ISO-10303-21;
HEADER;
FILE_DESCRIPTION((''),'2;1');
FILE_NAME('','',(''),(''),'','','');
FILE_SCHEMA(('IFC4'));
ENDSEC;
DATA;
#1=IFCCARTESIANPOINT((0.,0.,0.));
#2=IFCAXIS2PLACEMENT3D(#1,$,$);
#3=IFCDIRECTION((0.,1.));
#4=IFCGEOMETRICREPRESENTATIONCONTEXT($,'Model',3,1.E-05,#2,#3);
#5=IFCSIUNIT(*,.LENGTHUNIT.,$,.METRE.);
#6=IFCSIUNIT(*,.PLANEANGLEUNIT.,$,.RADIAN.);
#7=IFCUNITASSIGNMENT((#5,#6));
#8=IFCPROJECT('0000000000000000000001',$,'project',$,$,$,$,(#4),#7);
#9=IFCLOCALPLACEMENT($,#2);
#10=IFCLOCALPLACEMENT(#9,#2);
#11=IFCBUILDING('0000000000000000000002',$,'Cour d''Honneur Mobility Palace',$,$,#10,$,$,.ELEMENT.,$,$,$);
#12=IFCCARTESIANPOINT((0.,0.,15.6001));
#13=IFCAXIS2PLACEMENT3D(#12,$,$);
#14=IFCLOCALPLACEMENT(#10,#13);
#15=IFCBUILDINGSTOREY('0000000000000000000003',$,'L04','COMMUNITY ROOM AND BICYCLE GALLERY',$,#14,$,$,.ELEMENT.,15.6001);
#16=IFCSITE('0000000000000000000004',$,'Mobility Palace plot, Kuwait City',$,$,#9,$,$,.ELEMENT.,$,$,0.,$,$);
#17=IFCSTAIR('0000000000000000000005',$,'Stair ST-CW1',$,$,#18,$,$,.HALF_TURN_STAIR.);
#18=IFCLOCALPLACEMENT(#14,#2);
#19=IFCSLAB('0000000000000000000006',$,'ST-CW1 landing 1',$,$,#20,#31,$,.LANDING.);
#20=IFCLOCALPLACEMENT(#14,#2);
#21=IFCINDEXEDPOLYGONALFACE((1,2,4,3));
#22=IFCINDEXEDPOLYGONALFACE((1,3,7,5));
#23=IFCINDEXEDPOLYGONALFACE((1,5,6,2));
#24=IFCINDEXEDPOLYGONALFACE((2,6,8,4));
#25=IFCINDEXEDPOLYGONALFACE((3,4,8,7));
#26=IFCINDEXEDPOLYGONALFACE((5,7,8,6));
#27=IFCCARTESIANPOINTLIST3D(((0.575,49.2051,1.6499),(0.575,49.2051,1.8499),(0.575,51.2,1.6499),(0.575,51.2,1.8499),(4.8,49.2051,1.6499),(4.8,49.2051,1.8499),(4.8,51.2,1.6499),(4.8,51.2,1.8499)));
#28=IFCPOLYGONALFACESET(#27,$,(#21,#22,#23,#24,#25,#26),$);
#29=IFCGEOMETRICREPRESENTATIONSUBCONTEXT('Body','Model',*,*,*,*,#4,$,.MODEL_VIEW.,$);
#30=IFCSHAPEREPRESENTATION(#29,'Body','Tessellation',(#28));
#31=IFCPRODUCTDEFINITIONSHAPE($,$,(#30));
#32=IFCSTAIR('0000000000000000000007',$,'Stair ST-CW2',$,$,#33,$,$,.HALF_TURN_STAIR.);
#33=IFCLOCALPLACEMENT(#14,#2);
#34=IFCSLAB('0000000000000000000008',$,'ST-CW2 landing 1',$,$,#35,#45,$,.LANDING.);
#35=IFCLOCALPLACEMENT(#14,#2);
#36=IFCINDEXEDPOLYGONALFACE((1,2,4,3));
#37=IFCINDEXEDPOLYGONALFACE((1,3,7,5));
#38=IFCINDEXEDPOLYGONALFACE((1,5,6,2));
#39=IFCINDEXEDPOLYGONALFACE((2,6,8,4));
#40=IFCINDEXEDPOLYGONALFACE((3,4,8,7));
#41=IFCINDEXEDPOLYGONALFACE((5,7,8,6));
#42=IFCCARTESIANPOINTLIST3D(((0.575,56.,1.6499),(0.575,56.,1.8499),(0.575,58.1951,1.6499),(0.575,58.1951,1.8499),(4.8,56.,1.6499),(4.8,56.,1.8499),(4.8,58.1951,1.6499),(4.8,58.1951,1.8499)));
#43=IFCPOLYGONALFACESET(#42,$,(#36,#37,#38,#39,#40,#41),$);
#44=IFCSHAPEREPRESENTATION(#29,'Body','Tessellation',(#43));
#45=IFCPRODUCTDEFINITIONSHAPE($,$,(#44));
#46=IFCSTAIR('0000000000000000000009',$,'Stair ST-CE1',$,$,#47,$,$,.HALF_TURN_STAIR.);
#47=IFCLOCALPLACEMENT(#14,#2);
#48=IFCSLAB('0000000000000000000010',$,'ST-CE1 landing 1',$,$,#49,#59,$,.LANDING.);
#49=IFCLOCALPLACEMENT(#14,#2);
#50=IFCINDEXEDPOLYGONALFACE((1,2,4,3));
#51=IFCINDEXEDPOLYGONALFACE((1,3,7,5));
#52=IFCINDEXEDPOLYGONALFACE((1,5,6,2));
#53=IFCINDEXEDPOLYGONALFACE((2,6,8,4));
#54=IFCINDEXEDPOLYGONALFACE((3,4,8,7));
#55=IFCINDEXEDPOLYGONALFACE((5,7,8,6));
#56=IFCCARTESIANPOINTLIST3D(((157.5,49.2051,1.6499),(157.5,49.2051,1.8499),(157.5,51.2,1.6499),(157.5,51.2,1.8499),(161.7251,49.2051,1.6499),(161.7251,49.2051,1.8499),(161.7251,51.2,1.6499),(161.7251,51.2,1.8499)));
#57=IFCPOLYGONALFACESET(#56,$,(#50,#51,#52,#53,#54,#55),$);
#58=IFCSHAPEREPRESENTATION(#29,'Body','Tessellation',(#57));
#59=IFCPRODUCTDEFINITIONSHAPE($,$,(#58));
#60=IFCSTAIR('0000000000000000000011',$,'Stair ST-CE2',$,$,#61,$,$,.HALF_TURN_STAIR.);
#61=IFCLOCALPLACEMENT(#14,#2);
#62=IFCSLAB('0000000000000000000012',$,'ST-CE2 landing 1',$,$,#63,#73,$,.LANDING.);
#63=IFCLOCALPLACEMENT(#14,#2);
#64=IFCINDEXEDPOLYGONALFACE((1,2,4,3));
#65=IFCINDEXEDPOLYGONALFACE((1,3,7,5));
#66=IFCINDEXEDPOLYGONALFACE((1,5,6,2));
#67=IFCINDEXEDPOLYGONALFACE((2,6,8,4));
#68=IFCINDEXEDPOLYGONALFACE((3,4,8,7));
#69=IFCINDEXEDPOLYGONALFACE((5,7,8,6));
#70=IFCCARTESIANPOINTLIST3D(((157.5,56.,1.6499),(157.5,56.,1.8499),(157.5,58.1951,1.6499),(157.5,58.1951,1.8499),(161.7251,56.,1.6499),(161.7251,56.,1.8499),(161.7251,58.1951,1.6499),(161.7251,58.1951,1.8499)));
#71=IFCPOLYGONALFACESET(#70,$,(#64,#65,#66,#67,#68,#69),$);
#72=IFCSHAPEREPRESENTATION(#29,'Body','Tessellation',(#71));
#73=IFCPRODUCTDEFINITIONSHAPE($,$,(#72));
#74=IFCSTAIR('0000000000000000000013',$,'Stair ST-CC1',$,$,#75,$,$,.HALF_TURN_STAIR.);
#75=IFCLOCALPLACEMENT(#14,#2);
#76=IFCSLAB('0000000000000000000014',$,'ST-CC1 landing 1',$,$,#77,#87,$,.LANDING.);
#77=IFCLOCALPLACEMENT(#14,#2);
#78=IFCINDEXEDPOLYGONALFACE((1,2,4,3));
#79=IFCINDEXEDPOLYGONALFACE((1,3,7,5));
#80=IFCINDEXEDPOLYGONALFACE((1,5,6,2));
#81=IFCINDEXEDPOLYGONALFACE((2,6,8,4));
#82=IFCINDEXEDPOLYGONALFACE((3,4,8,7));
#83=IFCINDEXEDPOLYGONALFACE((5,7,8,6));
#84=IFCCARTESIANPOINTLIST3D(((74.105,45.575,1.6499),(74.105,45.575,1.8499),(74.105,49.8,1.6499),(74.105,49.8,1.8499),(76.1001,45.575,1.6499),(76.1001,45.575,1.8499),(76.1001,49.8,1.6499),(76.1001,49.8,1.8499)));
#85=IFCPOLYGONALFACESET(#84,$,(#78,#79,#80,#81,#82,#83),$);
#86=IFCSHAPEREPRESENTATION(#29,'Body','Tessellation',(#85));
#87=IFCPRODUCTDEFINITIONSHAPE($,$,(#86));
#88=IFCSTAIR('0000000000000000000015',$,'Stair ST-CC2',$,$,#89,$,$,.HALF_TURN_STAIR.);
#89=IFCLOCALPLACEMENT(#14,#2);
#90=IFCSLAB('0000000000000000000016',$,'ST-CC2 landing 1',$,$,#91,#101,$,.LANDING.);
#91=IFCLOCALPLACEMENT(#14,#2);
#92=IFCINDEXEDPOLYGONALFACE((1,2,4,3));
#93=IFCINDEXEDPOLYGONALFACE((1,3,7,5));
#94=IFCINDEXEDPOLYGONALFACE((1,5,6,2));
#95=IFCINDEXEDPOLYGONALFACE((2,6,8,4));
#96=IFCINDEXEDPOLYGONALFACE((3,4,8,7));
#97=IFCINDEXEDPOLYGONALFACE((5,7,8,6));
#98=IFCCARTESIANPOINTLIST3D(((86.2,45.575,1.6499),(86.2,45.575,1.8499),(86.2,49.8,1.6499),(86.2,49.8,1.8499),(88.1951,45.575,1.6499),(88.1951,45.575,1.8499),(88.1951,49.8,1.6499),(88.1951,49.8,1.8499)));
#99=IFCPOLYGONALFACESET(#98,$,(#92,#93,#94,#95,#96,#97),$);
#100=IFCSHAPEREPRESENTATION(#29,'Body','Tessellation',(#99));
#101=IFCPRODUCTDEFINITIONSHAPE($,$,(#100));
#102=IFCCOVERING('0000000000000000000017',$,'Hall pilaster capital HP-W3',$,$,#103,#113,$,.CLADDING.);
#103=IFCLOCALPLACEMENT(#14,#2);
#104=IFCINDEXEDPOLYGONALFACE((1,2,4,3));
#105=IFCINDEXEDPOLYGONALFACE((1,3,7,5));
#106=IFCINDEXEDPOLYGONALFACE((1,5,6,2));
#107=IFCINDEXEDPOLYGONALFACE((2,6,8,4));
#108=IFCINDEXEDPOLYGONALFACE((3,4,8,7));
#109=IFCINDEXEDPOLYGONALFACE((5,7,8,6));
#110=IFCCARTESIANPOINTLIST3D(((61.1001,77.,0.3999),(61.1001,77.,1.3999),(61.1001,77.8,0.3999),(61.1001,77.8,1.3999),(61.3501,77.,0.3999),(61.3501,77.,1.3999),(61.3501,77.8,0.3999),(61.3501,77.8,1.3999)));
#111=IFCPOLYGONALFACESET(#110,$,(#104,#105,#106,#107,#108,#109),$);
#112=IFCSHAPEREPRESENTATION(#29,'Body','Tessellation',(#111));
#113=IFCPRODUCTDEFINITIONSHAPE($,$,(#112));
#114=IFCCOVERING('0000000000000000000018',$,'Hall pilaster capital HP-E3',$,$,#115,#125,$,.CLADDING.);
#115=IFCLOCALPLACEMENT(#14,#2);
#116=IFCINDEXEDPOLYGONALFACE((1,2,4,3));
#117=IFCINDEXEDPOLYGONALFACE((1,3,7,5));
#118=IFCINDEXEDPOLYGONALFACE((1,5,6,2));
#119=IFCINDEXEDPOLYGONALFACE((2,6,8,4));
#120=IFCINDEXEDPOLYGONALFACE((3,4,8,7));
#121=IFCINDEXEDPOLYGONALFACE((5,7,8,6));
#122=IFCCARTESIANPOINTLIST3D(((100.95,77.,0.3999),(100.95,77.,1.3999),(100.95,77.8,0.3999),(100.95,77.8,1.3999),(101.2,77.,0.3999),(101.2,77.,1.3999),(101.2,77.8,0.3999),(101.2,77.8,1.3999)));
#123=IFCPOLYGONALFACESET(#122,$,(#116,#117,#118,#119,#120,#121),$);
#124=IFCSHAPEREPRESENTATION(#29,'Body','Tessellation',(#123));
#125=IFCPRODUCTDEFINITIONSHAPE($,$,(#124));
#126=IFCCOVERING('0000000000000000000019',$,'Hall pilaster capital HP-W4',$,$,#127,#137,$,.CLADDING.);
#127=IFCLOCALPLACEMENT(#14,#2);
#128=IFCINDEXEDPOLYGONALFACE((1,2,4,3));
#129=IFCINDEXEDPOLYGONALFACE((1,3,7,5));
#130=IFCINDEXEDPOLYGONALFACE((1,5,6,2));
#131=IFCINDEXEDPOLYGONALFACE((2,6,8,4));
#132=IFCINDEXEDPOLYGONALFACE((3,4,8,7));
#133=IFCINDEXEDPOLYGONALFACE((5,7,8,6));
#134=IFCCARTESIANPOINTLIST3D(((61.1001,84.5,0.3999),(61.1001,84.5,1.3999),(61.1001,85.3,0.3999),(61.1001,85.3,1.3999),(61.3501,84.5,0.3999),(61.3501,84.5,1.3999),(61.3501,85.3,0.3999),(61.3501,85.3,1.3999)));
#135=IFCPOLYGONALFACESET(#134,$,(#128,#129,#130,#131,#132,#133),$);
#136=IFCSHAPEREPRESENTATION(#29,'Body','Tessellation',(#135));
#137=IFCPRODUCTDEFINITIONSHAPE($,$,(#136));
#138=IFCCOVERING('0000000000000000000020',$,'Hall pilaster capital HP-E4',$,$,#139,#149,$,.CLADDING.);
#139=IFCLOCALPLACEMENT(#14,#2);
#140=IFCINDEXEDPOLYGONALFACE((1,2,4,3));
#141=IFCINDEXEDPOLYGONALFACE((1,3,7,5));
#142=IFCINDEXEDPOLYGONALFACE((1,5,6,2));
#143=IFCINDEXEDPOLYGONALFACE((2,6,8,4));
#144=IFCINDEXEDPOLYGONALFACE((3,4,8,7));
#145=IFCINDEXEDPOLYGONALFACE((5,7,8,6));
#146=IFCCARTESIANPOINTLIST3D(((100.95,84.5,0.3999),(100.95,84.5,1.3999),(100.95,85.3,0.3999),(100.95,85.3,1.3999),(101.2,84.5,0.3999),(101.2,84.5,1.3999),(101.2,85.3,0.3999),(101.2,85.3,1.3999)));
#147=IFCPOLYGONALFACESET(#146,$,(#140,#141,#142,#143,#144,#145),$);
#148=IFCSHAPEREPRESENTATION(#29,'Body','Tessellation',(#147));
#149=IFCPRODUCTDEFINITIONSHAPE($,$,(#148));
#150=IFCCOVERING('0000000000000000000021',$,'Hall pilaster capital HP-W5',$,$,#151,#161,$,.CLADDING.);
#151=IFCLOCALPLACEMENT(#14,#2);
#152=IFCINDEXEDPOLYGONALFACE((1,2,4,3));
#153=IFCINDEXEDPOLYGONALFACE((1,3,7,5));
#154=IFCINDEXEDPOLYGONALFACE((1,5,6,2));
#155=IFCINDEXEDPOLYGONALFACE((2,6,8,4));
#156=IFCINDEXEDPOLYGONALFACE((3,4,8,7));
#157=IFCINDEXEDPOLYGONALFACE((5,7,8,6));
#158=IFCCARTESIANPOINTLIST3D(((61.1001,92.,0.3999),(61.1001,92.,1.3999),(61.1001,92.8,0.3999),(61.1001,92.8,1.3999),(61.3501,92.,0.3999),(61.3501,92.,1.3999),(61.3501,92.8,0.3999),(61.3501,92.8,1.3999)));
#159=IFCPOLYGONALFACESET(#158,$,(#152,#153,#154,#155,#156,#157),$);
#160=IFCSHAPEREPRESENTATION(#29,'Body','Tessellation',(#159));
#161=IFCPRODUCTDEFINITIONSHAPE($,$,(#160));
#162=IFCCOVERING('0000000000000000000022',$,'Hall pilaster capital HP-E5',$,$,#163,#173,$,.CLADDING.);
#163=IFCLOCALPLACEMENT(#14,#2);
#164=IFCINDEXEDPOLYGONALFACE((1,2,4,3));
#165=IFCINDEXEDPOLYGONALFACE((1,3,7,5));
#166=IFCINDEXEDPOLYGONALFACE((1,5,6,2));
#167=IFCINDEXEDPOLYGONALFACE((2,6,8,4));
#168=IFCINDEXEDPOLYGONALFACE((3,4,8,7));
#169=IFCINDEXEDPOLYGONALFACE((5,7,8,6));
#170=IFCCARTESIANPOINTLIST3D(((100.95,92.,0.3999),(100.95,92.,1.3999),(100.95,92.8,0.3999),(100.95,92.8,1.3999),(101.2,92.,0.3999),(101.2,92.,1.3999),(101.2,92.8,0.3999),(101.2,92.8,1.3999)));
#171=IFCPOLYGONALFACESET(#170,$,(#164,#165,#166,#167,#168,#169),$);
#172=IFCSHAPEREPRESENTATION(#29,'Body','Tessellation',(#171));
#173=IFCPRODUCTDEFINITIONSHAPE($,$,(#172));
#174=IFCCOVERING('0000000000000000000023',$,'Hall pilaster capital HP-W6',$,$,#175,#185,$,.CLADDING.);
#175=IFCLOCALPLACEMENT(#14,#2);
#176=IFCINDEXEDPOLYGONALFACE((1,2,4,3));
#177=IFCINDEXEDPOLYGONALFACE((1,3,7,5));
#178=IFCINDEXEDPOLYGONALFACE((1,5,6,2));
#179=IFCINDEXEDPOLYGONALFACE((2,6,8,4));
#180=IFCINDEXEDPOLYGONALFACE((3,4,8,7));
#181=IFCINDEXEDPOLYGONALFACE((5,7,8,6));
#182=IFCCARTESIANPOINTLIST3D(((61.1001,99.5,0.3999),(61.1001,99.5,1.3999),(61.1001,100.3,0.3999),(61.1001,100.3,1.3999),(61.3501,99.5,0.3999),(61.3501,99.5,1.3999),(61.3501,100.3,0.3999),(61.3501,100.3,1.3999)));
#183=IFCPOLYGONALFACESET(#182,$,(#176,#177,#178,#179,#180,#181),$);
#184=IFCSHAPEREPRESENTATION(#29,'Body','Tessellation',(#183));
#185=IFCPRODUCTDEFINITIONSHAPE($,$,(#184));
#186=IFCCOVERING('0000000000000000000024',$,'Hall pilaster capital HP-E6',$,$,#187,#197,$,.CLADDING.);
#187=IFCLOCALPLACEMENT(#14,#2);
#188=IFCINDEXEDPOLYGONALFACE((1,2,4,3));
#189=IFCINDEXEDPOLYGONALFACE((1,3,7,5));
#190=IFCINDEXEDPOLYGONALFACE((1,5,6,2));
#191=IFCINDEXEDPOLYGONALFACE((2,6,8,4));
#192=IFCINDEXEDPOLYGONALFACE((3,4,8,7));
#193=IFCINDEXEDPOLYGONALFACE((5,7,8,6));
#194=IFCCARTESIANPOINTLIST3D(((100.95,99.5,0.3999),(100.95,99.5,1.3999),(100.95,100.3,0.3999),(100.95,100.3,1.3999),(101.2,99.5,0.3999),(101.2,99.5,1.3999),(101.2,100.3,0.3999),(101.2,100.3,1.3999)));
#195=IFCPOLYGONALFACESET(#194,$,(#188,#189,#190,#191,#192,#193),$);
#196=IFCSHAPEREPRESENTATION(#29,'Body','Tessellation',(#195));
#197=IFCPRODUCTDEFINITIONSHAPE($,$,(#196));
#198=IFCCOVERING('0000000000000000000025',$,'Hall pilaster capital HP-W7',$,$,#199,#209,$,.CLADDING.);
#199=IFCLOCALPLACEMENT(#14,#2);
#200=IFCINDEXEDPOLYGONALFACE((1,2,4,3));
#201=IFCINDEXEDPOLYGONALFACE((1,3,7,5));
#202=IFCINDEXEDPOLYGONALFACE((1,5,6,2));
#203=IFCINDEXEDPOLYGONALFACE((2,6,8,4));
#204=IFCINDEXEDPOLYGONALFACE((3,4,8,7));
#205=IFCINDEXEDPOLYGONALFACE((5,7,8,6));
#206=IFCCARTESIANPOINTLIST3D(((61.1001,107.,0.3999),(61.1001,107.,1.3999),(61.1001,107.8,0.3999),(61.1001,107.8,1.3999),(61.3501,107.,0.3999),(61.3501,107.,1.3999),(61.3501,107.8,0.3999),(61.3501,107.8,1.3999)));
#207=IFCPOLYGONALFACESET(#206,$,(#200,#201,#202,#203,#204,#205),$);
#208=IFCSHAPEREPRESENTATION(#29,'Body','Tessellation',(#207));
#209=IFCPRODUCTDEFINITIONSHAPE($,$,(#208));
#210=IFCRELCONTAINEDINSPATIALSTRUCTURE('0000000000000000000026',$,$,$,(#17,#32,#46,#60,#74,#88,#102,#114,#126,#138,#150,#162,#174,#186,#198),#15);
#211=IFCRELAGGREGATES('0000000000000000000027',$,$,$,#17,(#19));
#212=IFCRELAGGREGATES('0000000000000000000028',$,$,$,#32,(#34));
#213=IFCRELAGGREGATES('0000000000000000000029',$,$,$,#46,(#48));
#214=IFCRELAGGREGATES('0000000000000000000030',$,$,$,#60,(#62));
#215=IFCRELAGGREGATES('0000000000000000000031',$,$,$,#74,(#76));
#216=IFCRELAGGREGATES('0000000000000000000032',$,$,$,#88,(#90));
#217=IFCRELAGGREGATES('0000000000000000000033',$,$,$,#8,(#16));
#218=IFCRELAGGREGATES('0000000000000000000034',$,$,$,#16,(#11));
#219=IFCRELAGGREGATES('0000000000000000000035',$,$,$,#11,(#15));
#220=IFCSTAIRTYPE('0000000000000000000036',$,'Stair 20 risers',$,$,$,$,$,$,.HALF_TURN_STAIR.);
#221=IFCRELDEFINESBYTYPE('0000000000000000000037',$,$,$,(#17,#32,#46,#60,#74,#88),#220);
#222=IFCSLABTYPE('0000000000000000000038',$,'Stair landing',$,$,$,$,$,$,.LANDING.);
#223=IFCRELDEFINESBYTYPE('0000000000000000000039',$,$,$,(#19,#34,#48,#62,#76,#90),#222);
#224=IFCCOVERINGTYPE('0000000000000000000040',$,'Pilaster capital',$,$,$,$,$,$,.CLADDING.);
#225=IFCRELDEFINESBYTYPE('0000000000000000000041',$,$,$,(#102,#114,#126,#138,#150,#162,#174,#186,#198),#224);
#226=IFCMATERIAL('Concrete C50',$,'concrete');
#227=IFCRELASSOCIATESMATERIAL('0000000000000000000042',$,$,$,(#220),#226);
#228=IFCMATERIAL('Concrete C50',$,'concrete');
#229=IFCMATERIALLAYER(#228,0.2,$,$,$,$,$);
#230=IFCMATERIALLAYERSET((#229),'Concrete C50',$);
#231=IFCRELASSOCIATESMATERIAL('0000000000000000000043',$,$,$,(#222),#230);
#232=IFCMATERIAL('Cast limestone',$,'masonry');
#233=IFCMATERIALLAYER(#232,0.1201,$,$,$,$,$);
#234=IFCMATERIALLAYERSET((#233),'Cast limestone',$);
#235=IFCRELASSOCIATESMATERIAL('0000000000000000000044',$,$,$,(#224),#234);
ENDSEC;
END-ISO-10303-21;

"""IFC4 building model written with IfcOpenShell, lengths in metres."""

from ifc_helpers import new_model, si_unit, direction, frame, origin, place, context, subcontext, project, spatial, polyline, outline, extrude, material, layer, layer_set, type_object, element, aggregate, save


model = new_model("IFC4")

# Units and contexts
model_context = context("Model", 3, precision=1e-05, world=origin(), true_north=direction((0.0, 1.0)))
body_context = subcontext(model_context, "Body", "Model", "MODEL_VIEW")
ifc_project = project(units=[si_unit("LENGTHUNIT", "METRE"), si_unit("PLANEANGLEUNIT", "RADIAN")], contexts=[model_context])

# Site, building, storey
site_placement = place(None, origin())
site = spatial("IfcSite", under=ifc_project, at=site_placement, Name="Mobility Palace plot, Kuwait City", CompositionType="ELEMENT", RefElevation=0.0)
building_placement = place(site_placement, origin())
building = spatial("IfcBuilding", under=site, at=building_placement, Name="Cour d'Honneur Mobility Palace", CompositionType="ELEMENT")
storey_placement = place(building_placement, frame((0.0, 0.0, 15.6001)))
storey = spatial("IfcBuildingStorey", under=building, at=storey_placement, Name="L04", Description="COMMUNITY ROOM AND BICYCLE GALLERY", CompositionType="ELEMENT", Elevation=15.6001)

# Stairs, slabs
ifc_material_1 = material(Name="Concrete C50", Category="concrete")
stair_type = type_object("IfcStairType", Name="Stair 20 risers", PredefinedType="HALF_TURN_STAIR", material=ifc_material_1)
stair_1_placement = place(storey_placement, origin())
stair_1 = element("IfcStair", 1, at=stair_1_placement, inside=storey, type_object=stair_type, Name="Stair ST-CW1", PredefinedType="HALF_TURN_STAIR")
ifc_material_2 = material(Name="Concrete C50", Category="concrete")
ifc_layer_1 = layer(ifc_material_2, 0.2)
ifc_layer_set_1 = layer_set([ifc_layer_1], Name="Concrete C50")
slab_type = type_object("IfcSlabType", Name="Stair landing", PredefinedType="LANDING", material=ifc_layer_set_1)
slab_1_placement = place(storey_placement, frame((0.0, 0.0, 1.6499)))
slab_1 = element("IfcSlab", 2, at=slab_1_placement, type_object=slab_type, Name="ST-CW1 landing 1", PredefinedType="LANDING", context=body_context, shape_type="SweptSolid", body=[
    extrude(outline(polyline([(0.575, 49.2051), (4.8, 49.2051), (4.8, 51.2), (0.575, 51.2), (0.575, 49.2051)])), origin(), (0.0, 0.0, 1.0), 0.2),
])
aggregate(stair_1, [slab_1])
stair_2_placement = place(storey_placement, origin())
stair_2 = element("IfcStair", 3, at=stair_2_placement, inside=storey, type_object=stair_type, Name="Stair ST-CW2", PredefinedType="HALF_TURN_STAIR")
slab_2_placement = place(storey_placement, frame((0.0, 0.0, 1.6499)))
slab_2 = element("IfcSlab", 4, at=slab_2_placement, type_object=slab_type, Name="ST-CW2 landing 1", PredefinedType="LANDING", context=body_context, shape_type="SweptSolid", body=[
    extrude(outline(polyline([(0.575, 56.0), (4.8, 56.0), (4.8, 58.1951), (0.575, 58.1951), (0.575, 56.0)])), origin(), (0.0, 0.0, 1.0), 0.2),
])
aggregate(stair_2, [slab_2])
stair_3_placement = place(storey_placement, origin())
stair_3 = element("IfcStair", 5, at=stair_3_placement, inside=storey, type_object=stair_type, Name="Stair ST-CE1", PredefinedType="HALF_TURN_STAIR")
slab_3_placement = place(storey_placement, frame((0.0, 0.0, 1.6499)))
slab_3 = element("IfcSlab", 6, at=slab_3_placement, type_object=slab_type, Name="ST-CE1 landing 1", PredefinedType="LANDING", context=body_context, shape_type="SweptSolid", body=[
    extrude(outline(polyline([(157.5, 49.2051), (161.7251, 49.2051), (161.7251, 51.2), (157.5, 51.2), (157.5, 49.2051)])), origin(), (0.0, 0.0, 1.0), 0.2),
])
aggregate(stair_3, [slab_3])
stair_4_placement = place(storey_placement, origin())
stair_4 = element("IfcStair", 7, at=stair_4_placement, inside=storey, type_object=stair_type, Name="Stair ST-CE2", PredefinedType="HALF_TURN_STAIR")
slab_4_placement = place(storey_placement, frame((0.0, 0.0, 1.6499)))
slab_4 = element("IfcSlab", 8, at=slab_4_placement, type_object=slab_type, Name="ST-CE2 landing 1", PredefinedType="LANDING", context=body_context, shape_type="SweptSolid", body=[
    extrude(outline(polyline([(157.5, 56.0), (161.7251, 56.0), (161.7251, 58.1951), (157.5, 58.1951), (157.5, 56.0)])), origin(), (0.0, 0.0, 1.0), 0.2),
])
aggregate(stair_4, [slab_4])
stair_5_placement = place(storey_placement, origin())
stair_5 = element("IfcStair", 9, at=stair_5_placement, inside=storey, type_object=stair_type, Name="Stair ST-CC1", PredefinedType="HALF_TURN_STAIR")
slab_5_placement = place(storey_placement, frame((0.0, 0.0, 1.6499)))
slab_5 = element("IfcSlab", 10, at=slab_5_placement, type_object=slab_type, Name="ST-CC1 landing 1", PredefinedType="LANDING", context=body_context, shape_type="SweptSolid", body=[
    extrude(outline(polyline([(74.105, 45.575), (76.1001, 45.575), (76.1001, 49.8), (74.105, 49.8), (74.105, 45.575)])), origin(), (0.0, 0.0, 1.0), 0.2),
])
aggregate(stair_5, [slab_5])
stair_6_placement = place(storey_placement, origin())
stair_6 = element("IfcStair", 11, at=stair_6_placement, inside=storey, type_object=stair_type, Name="Stair ST-CC2", PredefinedType="HALF_TURN_STAIR")
slab_6_placement = place(storey_placement, frame((0.0, 0.0, 1.6499)))
slab_6 = element("IfcSlab", 12, at=slab_6_placement, type_object=slab_type, Name="ST-CC2 landing 1", PredefinedType="LANDING", context=body_context, shape_type="SweptSolid", body=[
    extrude(outline(polyline([(86.2, 45.575), (88.1951, 45.575), (88.1951, 49.8), (86.2, 49.8), (86.2, 45.575)])), origin(), (0.0, 0.0, 1.0), 0.2),
])
aggregate(stair_6, [slab_6])

# Coverings
ifc_material_3 = material(Name="Cast limestone", Category="masonry")
ifc_layer_2 = layer(ifc_material_3, 0.1201)
ifc_layer_set_2 = layer_set([ifc_layer_2], Name="Cast limestone")
covering_type_1 = type_object("IfcCoveringType", Name="Pilaster capital", PredefinedType="CLADDING", material=ifc_layer_set_2)
covering_1_placement = place(storey_placement, frame((0.0, 0.0, 0.3999)))
element("IfcCovering", 13, at=covering_1_placement, inside=storey, type_object=covering_type_1, Name="Hall pilaster capital HP-W3", PredefinedType="CLADDING", context=body_context, shape_type="SweptSolid", body=[
    extrude(outline(polyline([(61.1001, 77.0), (61.3501, 77.0), (61.3501, 77.8), (61.1001, 77.8), (61.1001, 77.0)])), origin(), (0.0, 0.0, 1.0), 1.0),
])
covering_2_placement = place(storey_placement, frame((0.0, 0.0, 0.3999)))
element("IfcCovering", 14, at=covering_2_placement, inside=storey, type_object=covering_type_1, Name="Hall pilaster capital HP-E3", PredefinedType="CLADDING", context=body_context, shape_type="SweptSolid", body=[
    extrude(outline(polyline([(100.95, 77.0), (101.2, 77.0), (101.2, 77.8), (100.95, 77.8), (100.95, 77.0)])), origin(), (0.0, 0.0, 1.0), 1.0),
])
covering_3_placement = place(storey_placement, frame((0.0, 0.0, 0.3999)))
element("IfcCovering", 15, at=covering_3_placement, inside=storey, type_object=covering_type_1, Name="Hall pilaster capital HP-W4", PredefinedType="CLADDING", context=body_context, shape_type="SweptSolid", body=[
    extrude(outline(polyline([(61.1001, 84.5), (61.3501, 84.5), (61.3501, 85.3), (61.1001, 85.3), (61.1001, 84.5)])), origin(), (0.0, 0.0, 1.0), 1.0),
])
covering_4_placement = place(storey_placement, frame((0.0, 0.0, 0.3999)))
element("IfcCovering", 16, at=covering_4_placement, inside=storey, type_object=covering_type_1, Name="Hall pilaster capital HP-E4", PredefinedType="CLADDING", context=body_context, shape_type="SweptSolid", body=[
    extrude(outline(polyline([(100.95, 84.5), (101.2, 84.5), (101.2, 85.3), (100.95, 85.3), (100.95, 84.5)])), origin(), (0.0, 0.0, 1.0), 1.0),
])
covering_5_placement = place(storey_placement, frame((0.0, 0.0, 0.3999)))
element("IfcCovering", 17, at=covering_5_placement, inside=storey, type_object=covering_type_1, Name="Hall pilaster capital HP-W5", PredefinedType="CLADDING", context=body_context, shape_type="SweptSolid", body=[
    extrude(outline(polyline([(61.1001, 92.0), (61.3501, 92.0), (61.3501, 92.8), (61.1001, 92.8), (61.1001, 92.0)])), origin(), (0.0, 0.0, 1.0), 1.0),
])
covering_6_placement = place(storey_placement, frame((0.0, 0.0, 0.3999)))
element("IfcCovering", 18, at=covering_6_placement, inside=storey, type_object=covering_type_1, Name="Hall pilaster capital HP-E5", PredefinedType="CLADDING", context=body_context, shape_type="SweptSolid", body=[
    extrude(outline(polyline([(100.95, 92.0), (101.2, 92.0), (101.2, 92.8), (100.95, 92.8), (100.95, 92.0)])), origin(), (0.0, 0.0, 1.0), 1.0),
])
covering_7_placement = place(storey_placement, frame((0.0, 0.0, 0.3999)))
element("IfcCovering", 19, at=covering_7_placement, inside=storey, type_object=covering_type_1, Name="Hall pilaster capital HP-W6", PredefinedType="CLADDING", context=body_context, shape_type="SweptSolid", body=[
    extrude(outline(polyline([(61.1001, 99.5), (61.3501, 99.5), (61.3501, 100.3), (61.1001, 100.3), (61.1001, 99.5)])), origin(), (0.0, 0.0, 1.0), 1.0),
])
covering_8_placement = place(storey_placement, frame((0.0, 0.0, 0.3999)))
element("IfcCovering", 20, at=covering_8_placement, inside=storey, type_object=covering_type_1, Name="Hall pilaster capital HP-E6", PredefinedType="CLADDING", context=body_context, shape_type="SweptSolid", body=[
    extrude(outline(polyline([(100.95, 99.5), (101.2, 99.5), (101.2, 100.3), (100.95, 100.3), (100.95, 99.5)])), origin(), (0.0, 0.0, 1.0), 1.0),
])
covering_9_placement = place(storey_placement, frame((0.0, 0.0, 0.3999)))
element("IfcCovering", 21, at=covering_9_placement, inside=storey, type_object=covering_type_1, Name="Hall pilaster capital HP-W7", PredefinedType="CLADDING", context=body_context, shape_type="SweptSolid", body=[
    extrude(outline(polyline([(61.1001, 107.0), (61.3501, 107.0), (61.3501, 107.8), (61.1001, 107.8), (61.1001, 107.0)])), origin(), (0.0, 0.0, 1.0), 1.0),
])

save(model, "model.ifc")
